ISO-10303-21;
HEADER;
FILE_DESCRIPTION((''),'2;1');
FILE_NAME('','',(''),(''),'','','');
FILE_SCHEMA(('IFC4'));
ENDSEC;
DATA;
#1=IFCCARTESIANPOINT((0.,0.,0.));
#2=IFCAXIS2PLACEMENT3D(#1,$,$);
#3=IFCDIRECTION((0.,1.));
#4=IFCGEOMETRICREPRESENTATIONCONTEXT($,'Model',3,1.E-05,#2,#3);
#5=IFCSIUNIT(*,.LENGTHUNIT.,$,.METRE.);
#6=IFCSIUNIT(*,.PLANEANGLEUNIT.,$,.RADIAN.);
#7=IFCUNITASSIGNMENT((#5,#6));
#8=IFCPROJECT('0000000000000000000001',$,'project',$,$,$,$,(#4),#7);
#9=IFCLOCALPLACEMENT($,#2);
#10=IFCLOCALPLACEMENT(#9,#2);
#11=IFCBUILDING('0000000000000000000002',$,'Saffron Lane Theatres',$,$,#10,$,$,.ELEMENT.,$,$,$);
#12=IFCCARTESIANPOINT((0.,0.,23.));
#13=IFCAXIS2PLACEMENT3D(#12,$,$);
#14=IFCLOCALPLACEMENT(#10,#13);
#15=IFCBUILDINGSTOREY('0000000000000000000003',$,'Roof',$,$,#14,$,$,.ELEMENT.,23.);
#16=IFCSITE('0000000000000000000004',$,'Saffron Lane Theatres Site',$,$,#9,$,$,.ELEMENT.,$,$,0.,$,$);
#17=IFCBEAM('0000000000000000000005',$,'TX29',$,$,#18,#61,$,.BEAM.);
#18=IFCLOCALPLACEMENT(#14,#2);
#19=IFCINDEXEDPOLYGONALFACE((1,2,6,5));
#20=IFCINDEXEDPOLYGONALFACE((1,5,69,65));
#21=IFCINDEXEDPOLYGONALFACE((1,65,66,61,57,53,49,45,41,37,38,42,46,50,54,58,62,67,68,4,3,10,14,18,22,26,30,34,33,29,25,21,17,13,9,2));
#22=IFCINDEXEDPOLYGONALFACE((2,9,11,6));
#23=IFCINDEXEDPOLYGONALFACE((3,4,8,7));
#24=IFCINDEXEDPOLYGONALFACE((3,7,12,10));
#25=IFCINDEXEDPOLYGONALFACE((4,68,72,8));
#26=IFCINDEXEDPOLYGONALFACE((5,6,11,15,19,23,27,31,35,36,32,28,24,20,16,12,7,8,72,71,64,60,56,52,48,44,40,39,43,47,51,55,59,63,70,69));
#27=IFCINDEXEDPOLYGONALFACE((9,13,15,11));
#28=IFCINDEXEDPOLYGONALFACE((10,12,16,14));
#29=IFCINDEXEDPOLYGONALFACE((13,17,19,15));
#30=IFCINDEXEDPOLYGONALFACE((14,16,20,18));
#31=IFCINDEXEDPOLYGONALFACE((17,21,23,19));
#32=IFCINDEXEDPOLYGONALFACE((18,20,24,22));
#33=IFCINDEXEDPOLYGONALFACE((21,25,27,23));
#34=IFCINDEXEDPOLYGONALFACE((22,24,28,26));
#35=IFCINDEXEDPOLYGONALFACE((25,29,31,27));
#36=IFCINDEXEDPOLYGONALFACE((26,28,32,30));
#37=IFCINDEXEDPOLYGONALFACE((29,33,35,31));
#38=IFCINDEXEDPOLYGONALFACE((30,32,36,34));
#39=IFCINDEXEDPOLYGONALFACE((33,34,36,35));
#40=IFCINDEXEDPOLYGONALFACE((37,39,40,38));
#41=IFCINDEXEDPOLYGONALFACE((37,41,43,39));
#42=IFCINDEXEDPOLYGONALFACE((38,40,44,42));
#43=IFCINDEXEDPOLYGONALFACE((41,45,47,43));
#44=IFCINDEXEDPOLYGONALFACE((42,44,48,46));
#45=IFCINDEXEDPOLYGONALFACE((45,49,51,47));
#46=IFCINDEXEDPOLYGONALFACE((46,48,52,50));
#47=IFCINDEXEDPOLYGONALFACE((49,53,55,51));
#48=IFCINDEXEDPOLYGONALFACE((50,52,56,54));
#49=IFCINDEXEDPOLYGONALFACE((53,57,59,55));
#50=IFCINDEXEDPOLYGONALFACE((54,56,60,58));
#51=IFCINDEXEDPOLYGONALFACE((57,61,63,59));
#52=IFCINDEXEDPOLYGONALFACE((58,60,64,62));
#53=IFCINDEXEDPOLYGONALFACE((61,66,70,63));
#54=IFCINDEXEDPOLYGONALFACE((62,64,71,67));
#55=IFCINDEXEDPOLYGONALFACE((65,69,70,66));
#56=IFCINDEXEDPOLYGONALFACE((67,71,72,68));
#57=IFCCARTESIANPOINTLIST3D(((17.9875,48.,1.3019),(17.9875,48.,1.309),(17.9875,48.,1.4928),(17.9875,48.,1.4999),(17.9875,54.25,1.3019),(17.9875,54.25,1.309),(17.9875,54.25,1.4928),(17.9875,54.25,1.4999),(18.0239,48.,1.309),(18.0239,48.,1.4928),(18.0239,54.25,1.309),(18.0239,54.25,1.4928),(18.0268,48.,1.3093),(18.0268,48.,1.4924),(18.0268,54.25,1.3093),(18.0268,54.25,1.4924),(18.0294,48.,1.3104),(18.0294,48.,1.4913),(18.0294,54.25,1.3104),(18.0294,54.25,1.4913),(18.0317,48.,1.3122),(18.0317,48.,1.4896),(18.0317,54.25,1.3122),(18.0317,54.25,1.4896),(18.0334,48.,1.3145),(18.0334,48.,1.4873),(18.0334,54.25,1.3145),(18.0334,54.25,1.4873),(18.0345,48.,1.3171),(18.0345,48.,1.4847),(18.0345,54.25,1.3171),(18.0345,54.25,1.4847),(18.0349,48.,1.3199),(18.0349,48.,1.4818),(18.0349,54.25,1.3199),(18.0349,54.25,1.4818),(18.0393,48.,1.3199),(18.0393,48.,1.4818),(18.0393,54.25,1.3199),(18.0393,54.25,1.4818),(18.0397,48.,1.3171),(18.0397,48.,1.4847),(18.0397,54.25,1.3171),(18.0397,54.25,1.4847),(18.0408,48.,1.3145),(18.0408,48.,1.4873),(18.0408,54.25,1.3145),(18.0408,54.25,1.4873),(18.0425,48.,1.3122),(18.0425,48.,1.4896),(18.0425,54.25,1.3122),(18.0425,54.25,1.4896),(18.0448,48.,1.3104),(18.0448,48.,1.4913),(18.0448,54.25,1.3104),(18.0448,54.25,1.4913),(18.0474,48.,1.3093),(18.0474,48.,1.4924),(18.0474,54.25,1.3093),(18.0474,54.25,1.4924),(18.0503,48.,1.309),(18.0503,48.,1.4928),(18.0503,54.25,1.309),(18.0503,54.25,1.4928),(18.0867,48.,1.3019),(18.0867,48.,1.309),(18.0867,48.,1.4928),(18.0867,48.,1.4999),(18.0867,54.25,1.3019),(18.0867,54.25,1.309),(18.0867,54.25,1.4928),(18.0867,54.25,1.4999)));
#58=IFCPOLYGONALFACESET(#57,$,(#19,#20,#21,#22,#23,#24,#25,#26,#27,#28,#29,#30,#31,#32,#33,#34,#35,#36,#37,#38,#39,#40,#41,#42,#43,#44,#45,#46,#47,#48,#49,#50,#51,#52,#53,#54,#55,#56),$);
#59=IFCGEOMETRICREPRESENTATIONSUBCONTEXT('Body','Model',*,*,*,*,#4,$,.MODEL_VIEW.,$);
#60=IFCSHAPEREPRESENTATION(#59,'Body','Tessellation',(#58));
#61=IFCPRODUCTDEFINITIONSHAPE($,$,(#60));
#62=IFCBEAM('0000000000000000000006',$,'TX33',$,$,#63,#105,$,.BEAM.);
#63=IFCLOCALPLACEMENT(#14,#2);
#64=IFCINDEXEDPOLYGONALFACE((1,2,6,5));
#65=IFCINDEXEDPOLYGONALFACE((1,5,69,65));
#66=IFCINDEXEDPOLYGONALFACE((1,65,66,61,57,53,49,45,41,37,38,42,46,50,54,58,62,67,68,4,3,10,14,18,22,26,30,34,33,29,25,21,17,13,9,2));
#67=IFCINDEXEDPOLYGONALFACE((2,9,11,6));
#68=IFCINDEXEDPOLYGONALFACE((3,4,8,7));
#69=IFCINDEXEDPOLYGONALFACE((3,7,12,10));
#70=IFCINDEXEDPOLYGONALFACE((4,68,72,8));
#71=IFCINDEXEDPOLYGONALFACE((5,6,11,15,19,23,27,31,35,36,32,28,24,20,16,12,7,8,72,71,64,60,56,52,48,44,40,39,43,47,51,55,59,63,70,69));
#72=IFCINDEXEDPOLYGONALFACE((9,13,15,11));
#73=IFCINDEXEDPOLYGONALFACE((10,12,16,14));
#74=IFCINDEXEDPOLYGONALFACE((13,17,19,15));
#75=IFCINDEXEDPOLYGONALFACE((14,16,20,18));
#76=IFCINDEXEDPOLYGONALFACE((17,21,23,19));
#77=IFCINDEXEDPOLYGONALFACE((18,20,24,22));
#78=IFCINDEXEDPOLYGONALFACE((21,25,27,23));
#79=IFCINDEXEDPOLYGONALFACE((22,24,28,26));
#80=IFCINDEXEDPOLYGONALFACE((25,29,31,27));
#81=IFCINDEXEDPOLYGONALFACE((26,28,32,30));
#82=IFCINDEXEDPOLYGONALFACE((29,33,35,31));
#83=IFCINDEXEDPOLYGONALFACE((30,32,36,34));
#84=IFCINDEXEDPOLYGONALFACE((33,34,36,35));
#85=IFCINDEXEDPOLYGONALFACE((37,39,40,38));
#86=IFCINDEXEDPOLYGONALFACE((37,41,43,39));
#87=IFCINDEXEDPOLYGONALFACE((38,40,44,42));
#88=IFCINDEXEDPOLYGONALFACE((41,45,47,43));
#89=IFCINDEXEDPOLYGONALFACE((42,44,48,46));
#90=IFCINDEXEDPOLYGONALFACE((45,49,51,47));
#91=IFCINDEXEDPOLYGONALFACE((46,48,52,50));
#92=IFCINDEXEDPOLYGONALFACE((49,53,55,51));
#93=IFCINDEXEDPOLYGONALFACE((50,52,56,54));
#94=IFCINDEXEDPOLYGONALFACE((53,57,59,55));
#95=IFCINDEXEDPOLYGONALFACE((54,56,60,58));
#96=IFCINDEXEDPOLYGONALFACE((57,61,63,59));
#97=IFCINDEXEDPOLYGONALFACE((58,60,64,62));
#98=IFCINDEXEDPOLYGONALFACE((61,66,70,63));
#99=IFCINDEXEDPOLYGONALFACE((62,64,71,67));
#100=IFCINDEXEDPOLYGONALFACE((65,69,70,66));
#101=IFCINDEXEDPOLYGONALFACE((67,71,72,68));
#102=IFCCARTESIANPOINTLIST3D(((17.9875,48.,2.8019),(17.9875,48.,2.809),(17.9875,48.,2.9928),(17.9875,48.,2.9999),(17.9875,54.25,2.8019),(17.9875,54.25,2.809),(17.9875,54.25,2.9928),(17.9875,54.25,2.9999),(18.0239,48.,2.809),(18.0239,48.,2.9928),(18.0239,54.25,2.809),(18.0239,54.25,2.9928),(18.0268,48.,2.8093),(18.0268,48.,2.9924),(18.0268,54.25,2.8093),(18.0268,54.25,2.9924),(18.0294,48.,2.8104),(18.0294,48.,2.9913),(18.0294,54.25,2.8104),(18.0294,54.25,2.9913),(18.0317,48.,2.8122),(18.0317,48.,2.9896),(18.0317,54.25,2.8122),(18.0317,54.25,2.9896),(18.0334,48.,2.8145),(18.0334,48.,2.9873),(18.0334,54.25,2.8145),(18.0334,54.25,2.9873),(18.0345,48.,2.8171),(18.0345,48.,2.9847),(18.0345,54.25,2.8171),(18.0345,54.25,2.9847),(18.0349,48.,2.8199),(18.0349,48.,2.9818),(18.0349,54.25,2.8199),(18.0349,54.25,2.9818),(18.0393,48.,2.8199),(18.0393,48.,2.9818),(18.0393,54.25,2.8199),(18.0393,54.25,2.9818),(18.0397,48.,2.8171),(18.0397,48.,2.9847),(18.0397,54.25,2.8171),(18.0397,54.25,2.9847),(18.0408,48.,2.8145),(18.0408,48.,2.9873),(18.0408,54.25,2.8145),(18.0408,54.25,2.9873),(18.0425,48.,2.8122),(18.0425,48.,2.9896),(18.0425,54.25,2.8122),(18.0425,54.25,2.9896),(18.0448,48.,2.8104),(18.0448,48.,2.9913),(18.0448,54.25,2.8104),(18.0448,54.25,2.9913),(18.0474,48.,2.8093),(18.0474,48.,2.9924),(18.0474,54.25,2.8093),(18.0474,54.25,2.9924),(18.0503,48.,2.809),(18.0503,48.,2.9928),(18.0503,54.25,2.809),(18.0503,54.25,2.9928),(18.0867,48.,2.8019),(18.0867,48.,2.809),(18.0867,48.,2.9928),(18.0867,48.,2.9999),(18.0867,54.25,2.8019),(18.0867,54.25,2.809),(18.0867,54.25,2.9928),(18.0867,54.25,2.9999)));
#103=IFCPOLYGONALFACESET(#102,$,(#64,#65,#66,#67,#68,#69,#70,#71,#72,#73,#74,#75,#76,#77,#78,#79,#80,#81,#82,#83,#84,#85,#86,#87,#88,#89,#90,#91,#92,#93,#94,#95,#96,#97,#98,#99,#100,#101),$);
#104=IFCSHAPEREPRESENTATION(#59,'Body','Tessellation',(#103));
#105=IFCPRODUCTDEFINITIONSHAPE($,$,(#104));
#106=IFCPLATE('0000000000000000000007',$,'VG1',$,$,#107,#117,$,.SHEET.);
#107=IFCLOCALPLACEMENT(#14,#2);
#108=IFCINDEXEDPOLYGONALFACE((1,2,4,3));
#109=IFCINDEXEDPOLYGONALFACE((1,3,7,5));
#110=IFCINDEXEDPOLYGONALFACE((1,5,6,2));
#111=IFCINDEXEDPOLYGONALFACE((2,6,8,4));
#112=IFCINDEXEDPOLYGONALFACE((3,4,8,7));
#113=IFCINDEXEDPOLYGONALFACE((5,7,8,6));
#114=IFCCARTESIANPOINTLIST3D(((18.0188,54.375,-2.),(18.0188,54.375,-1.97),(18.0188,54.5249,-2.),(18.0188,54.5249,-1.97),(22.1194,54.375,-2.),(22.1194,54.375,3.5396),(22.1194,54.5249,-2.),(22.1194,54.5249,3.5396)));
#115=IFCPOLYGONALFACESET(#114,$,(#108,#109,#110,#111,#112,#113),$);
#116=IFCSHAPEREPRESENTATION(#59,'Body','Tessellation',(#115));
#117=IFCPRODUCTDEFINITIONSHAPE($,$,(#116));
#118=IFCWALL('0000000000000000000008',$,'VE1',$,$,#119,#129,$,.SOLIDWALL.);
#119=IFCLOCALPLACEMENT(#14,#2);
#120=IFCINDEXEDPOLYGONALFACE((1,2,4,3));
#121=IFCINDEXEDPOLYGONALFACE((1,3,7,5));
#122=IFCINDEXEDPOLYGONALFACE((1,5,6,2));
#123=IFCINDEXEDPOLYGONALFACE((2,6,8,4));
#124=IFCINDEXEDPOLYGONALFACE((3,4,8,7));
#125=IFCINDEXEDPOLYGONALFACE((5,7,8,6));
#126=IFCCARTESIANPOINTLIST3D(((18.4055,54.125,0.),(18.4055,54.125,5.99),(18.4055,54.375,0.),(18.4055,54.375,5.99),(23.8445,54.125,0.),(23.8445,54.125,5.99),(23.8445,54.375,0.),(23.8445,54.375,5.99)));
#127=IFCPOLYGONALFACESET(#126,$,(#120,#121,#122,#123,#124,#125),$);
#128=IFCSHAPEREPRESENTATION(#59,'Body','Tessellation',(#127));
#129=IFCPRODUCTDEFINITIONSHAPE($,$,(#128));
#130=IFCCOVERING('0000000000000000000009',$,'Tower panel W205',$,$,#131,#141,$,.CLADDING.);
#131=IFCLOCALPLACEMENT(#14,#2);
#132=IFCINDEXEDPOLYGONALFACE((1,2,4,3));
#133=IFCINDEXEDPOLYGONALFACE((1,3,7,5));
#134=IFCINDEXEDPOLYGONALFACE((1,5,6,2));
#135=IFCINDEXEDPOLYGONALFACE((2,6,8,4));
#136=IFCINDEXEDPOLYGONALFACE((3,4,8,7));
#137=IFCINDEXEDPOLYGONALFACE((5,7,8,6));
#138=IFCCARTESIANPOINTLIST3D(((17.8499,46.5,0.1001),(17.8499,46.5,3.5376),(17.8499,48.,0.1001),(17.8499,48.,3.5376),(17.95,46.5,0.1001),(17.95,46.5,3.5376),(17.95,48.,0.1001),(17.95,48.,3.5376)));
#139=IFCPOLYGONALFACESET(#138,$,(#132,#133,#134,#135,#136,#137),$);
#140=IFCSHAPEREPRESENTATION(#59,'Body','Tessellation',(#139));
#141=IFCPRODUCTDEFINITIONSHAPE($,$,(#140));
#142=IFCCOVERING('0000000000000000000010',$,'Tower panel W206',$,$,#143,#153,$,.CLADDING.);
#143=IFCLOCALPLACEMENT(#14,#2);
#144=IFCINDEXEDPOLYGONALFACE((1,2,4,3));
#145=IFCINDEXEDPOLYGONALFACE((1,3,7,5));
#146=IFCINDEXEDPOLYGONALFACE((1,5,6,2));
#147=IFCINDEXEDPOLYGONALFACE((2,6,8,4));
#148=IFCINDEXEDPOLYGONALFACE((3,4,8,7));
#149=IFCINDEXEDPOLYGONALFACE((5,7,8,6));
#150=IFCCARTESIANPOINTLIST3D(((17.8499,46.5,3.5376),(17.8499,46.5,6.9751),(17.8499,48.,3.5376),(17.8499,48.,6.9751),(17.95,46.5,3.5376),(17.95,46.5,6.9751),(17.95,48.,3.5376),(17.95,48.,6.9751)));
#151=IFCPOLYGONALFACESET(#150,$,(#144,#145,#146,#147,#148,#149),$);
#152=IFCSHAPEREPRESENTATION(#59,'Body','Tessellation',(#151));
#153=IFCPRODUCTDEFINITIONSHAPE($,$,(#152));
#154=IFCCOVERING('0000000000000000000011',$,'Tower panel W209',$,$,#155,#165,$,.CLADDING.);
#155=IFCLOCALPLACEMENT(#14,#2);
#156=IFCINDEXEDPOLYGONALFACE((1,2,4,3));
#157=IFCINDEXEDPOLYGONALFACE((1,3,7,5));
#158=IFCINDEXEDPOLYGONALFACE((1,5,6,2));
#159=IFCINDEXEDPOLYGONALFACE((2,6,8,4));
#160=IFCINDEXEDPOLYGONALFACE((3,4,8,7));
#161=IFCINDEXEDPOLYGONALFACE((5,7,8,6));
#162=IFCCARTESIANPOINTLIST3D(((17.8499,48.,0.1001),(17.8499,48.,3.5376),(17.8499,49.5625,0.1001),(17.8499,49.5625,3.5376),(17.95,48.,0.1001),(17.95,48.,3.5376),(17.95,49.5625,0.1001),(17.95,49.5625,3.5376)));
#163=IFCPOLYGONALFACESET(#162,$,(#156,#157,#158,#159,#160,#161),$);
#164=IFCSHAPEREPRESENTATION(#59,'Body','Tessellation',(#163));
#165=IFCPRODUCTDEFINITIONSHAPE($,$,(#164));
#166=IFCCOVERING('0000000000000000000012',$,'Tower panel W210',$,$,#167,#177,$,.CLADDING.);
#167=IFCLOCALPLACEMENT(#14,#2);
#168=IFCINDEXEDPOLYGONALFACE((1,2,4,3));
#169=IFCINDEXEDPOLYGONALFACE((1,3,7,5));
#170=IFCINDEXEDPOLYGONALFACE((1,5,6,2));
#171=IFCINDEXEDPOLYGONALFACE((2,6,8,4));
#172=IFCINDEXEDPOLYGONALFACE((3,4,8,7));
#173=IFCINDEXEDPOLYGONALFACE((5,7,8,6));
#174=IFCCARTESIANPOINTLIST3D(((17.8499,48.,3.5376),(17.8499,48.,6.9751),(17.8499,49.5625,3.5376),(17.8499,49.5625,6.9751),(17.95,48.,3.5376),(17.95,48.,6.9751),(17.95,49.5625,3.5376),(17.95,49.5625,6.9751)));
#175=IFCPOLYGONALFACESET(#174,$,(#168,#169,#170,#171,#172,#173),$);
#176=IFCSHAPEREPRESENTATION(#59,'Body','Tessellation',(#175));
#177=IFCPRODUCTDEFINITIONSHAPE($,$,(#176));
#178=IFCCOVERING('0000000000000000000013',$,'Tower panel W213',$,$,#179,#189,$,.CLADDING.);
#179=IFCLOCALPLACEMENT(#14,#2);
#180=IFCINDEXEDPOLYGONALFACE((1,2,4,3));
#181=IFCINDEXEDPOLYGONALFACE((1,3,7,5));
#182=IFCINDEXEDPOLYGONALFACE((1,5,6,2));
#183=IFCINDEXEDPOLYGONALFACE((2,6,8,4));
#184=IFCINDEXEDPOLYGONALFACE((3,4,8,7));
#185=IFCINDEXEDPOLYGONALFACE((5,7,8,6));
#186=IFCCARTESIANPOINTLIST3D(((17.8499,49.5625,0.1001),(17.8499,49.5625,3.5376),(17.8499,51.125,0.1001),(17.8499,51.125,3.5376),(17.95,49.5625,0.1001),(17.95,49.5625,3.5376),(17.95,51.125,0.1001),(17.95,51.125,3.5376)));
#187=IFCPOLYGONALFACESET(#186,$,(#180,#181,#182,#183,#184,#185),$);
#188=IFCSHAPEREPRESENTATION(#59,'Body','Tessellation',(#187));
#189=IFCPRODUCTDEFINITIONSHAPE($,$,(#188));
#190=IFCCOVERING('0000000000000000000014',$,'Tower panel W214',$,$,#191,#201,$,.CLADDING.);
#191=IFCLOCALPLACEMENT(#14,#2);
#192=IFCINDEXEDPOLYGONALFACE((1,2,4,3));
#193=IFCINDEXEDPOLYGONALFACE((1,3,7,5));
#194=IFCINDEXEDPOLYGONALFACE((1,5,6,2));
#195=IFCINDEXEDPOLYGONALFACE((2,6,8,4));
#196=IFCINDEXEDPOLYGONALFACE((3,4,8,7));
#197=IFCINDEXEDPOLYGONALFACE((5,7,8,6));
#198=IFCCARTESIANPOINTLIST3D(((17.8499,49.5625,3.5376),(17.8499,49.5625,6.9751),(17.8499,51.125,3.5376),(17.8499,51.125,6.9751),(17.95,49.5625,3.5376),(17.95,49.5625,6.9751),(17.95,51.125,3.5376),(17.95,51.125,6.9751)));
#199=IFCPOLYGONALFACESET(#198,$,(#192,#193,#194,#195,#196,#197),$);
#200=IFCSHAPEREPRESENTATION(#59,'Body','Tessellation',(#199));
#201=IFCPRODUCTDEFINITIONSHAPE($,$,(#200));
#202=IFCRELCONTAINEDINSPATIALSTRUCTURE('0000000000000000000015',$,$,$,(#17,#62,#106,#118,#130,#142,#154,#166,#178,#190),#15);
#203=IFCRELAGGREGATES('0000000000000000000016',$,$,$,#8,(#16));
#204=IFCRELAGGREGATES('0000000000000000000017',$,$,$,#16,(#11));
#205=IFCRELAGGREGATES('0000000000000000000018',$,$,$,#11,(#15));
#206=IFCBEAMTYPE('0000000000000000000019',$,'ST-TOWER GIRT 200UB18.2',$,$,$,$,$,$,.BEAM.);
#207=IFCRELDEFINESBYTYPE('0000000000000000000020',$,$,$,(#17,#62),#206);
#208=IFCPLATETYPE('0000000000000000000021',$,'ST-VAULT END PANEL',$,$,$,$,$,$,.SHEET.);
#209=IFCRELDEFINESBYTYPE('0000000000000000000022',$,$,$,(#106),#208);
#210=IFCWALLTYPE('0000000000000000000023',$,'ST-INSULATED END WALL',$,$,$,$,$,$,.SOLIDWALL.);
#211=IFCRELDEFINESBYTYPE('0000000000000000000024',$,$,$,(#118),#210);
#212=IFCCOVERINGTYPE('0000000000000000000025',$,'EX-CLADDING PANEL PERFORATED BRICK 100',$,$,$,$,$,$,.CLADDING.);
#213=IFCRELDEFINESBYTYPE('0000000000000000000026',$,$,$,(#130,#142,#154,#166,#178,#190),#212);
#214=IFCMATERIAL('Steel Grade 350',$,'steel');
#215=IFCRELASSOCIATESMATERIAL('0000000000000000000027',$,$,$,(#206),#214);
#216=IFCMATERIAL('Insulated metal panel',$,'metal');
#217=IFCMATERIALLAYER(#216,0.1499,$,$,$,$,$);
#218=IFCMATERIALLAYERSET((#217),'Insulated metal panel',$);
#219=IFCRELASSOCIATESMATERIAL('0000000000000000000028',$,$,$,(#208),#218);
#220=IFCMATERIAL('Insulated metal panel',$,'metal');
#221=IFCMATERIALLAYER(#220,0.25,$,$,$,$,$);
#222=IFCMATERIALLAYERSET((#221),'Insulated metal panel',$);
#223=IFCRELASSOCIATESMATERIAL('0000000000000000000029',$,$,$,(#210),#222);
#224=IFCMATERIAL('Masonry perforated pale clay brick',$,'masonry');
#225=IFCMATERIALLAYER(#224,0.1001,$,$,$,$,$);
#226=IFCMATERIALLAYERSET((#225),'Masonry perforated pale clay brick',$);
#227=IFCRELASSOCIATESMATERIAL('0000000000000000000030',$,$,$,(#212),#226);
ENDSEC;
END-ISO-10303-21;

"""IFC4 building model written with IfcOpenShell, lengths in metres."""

from ifc_helpers import new_model, si_unit, direction, frame, frame_2d, origin, origin_2d, place, context, subcontext, project, spatial, polyline, rectangle, i_section, outline, extrude, material, layer, layer_set, material_profile, profile_set, type_object, element, save


model = new_model("IFC4")

# Units and contexts
model_context = context("Model", 3, precision=1e-05, world=origin(), true_north=direction((0.0, 1.0)))
body_context = subcontext(model_context, "Body", "Model", "MODEL_VIEW")
ifc_project = project(units=[si_unit("LENGTHUNIT", "METRE"), si_unit("PLANEANGLEUNIT", "RADIAN")], contexts=[model_context])

# Site, building, storey
site_placement = place(None, origin())
site = spatial("IfcSite", under=ifc_project, at=site_placement, Name="Saffron Lane Theatres Site", CompositionType="ELEMENT", RefElevation=0.0)
building_placement = place(site_placement, origin())
building = spatial("IfcBuilding", under=site, at=building_placement, Name="Saffron Lane Theatres", CompositionType="ELEMENT")
storey_placement = place(building_placement, frame((0.0, 0.0, 23.0)))
storey = spatial("IfcBuildingStorey", under=building, at=storey_placement, Name="Roof", CompositionType="ELEMENT", Elevation=23.0)

# Beams
ifc_material_1 = material(Name="Steel Grade 350", Category="steel")
ifc_material_profile_1 = material_profile(ifc_material_1, i_section(OverallWidth=0.0991, OverallDepth=0.198, WebThickness=0.0044, FlangeThickness=0.0071, FilletRadius=0.011, at=origin_2d()))
ifc_profile_set_1 = profile_set([ifc_material_profile_1], Name="Steel Grade 350")
beam_type_1 = type_object("IfcBeamType", Name="ST-TOWER GIRT 200UB18.2", PredefinedType="BEAM", material=ifc_profile_set_1)
for number, where, z_axis, x_axis, name in (
    (1, (18.0371, 48.0, 1.4009), (0.0, 1.0, 0.0), (-1.0, 0.0, 0.0), "TX29"),
    (2, (18.0371, 48.0, 2.9009), (0.0, 1.0, 0.0), (-1.0, 0.0, 0.0), "TX33"),
):
    element("IfcBeam", number, at=place(storey_placement, frame(where, z_axis=z_axis, x_axis=x_axis)), inside=storey, type_object=beam_type_1, Name=name, PredefinedType="BEAM", context=body_context, shape_type="SweptSolid", body=[
        extrude(i_section(OverallWidth=0.0991, OverallDepth=0.198, WebThickness=0.0044, FlangeThickness=0.0071, FilletRadius=0.011, at=origin_2d()), origin(), (0.0, 0.0, 1.0), 6.25),
    ])

# Plate
ifc_material_2 = material(Name="Insulated metal panel", Category="metal")
ifc_layer_1 = layer(ifc_material_2, 0.1499)
ifc_layer_set_1 = layer_set([ifc_layer_1], Name="Insulated metal panel")
plate_type = type_object("IfcPlateType", Name="ST-VAULT END PANEL", PredefinedType="SHEET", material=ifc_layer_set_1)
plate_placement = place(storey_placement, frame((18.0188, 54.375, -2.0), z_axis=(0.0, -1.0, 0.0), x_axis=(1.0, 0.0, 0.0)))
element("IfcPlate", 3, at=plate_placement, inside=storey, type_object=plate_type, Name="VG1", PredefinedType="SHEET", context=body_context, shape_type="SweptSolid", body=[
    extrude(outline(polyline([(0.0, 0.0), (4.1006, 0.0), (4.1006, 5.5396), (0.0, 0.03), (0.0, 0.0)])), origin(), (0.0, 0.0, -1.0), 0.1499),
])

# Wall
ifc_material_3 = material(Name="Insulated metal panel", Category="metal")
ifc_layer_2 = layer(ifc_material_3, 0.25)
ifc_layer_set_2 = layer_set([ifc_layer_2], Name="Insulated metal panel")
wall_type = type_object("IfcWallType", Name="ST-INSULATED END WALL", PredefinedType="SOLIDWALL", material=ifc_layer_set_2)
wall_placement = place(storey_placement, frame((18.4055, 54.25, 0.0), z_axis=(0.0, 0.0, 1.0), x_axis=(1.0, 0.0, 0.0)))
element("IfcWall", 4, at=wall_placement, inside=storey, type_object=wall_type, Name="VE1", PredefinedType="SOLIDWALL", context=body_context, shape_type="SweptSolid", body=[
    extrude(rectangle(XDim=5.439, YDim=0.25, at=frame_2d((2.7195, 0.0))), origin(), (0.0, 0.0, 1.0), 5.99),
])

# Coverings
ifc_material_4 = material(Name="Masonry perforated pale clay brick", Category="masonry")
ifc_layer_3 = layer(ifc_material_4, 0.1001)
ifc_layer_set_3 = layer_set([ifc_layer_3], Name="Masonry perforated pale clay brick")
covering_type_1 = type_object("IfcCoveringType", Name="EX-CLADDING PANEL PERFORATED BRICK 100", PredefinedType="CLADDING", material=ifc_layer_set_3)
for number, where, z_axis, x_axis, name in (
    (5, (17.8999, 47.25, 0.1001), (0.0, 0.0, 1.0), (0.0, 1.0, 0.0), "Tower panel W205"),
    (6, (17.8999, 47.25, 3.5376), (0.0, 0.0, 1.0), (0.0, 1.0, 0.0), "Tower panel W206"),
):
    element("IfcCovering", number, at=place(storey_placement, frame(where, z_axis=z_axis, x_axis=x_axis)), inside=storey, type_object=covering_type_1, Name=name, PredefinedType="CLADDING", context=body_context, shape_type="SweptSolid", body=[
        extrude(rectangle(XDim=1.5, YDim=0.1001, at=origin_2d()), origin(), (0.0, 0.0, 1.0), 3.4375),
    ])
for number, where, z_axis, x_axis, name in (
    (7, (17.8999, 48.7812, 0.1001), (0.0, 0.0, 1.0), (0.0, 1.0, 0.0), "Tower panel W209"),
    (8, (17.8999, 48.7812, 3.5376), (0.0, 0.0, 1.0), (0.0, 1.0, 0.0), "Tower panel W210"),
    (9, (17.8999, 50.3438, 0.1001), (0.0, 0.0, 1.0), (0.0, 1.0, 0.0), "Tower panel W213"),
    (10, (17.8999, 50.3438, 3.5376), (0.0, 0.0, 1.0), (0.0, 1.0, 0.0), "Tower panel W214"),
):
    element("IfcCovering", number, at=place(storey_placement, frame(where, z_axis=z_axis, x_axis=x_axis)), inside=storey, type_object=covering_type_1, Name=name, PredefinedType="CLADDING", context=body_context, shape_type="SweptSolid", body=[
        extrude(rectangle(XDim=1.5625, YDim=0.1001, at=origin_2d()), origin(), (0.0, 0.0, 1.0), 3.4375),
    ])

save(model, "model.ifc")
